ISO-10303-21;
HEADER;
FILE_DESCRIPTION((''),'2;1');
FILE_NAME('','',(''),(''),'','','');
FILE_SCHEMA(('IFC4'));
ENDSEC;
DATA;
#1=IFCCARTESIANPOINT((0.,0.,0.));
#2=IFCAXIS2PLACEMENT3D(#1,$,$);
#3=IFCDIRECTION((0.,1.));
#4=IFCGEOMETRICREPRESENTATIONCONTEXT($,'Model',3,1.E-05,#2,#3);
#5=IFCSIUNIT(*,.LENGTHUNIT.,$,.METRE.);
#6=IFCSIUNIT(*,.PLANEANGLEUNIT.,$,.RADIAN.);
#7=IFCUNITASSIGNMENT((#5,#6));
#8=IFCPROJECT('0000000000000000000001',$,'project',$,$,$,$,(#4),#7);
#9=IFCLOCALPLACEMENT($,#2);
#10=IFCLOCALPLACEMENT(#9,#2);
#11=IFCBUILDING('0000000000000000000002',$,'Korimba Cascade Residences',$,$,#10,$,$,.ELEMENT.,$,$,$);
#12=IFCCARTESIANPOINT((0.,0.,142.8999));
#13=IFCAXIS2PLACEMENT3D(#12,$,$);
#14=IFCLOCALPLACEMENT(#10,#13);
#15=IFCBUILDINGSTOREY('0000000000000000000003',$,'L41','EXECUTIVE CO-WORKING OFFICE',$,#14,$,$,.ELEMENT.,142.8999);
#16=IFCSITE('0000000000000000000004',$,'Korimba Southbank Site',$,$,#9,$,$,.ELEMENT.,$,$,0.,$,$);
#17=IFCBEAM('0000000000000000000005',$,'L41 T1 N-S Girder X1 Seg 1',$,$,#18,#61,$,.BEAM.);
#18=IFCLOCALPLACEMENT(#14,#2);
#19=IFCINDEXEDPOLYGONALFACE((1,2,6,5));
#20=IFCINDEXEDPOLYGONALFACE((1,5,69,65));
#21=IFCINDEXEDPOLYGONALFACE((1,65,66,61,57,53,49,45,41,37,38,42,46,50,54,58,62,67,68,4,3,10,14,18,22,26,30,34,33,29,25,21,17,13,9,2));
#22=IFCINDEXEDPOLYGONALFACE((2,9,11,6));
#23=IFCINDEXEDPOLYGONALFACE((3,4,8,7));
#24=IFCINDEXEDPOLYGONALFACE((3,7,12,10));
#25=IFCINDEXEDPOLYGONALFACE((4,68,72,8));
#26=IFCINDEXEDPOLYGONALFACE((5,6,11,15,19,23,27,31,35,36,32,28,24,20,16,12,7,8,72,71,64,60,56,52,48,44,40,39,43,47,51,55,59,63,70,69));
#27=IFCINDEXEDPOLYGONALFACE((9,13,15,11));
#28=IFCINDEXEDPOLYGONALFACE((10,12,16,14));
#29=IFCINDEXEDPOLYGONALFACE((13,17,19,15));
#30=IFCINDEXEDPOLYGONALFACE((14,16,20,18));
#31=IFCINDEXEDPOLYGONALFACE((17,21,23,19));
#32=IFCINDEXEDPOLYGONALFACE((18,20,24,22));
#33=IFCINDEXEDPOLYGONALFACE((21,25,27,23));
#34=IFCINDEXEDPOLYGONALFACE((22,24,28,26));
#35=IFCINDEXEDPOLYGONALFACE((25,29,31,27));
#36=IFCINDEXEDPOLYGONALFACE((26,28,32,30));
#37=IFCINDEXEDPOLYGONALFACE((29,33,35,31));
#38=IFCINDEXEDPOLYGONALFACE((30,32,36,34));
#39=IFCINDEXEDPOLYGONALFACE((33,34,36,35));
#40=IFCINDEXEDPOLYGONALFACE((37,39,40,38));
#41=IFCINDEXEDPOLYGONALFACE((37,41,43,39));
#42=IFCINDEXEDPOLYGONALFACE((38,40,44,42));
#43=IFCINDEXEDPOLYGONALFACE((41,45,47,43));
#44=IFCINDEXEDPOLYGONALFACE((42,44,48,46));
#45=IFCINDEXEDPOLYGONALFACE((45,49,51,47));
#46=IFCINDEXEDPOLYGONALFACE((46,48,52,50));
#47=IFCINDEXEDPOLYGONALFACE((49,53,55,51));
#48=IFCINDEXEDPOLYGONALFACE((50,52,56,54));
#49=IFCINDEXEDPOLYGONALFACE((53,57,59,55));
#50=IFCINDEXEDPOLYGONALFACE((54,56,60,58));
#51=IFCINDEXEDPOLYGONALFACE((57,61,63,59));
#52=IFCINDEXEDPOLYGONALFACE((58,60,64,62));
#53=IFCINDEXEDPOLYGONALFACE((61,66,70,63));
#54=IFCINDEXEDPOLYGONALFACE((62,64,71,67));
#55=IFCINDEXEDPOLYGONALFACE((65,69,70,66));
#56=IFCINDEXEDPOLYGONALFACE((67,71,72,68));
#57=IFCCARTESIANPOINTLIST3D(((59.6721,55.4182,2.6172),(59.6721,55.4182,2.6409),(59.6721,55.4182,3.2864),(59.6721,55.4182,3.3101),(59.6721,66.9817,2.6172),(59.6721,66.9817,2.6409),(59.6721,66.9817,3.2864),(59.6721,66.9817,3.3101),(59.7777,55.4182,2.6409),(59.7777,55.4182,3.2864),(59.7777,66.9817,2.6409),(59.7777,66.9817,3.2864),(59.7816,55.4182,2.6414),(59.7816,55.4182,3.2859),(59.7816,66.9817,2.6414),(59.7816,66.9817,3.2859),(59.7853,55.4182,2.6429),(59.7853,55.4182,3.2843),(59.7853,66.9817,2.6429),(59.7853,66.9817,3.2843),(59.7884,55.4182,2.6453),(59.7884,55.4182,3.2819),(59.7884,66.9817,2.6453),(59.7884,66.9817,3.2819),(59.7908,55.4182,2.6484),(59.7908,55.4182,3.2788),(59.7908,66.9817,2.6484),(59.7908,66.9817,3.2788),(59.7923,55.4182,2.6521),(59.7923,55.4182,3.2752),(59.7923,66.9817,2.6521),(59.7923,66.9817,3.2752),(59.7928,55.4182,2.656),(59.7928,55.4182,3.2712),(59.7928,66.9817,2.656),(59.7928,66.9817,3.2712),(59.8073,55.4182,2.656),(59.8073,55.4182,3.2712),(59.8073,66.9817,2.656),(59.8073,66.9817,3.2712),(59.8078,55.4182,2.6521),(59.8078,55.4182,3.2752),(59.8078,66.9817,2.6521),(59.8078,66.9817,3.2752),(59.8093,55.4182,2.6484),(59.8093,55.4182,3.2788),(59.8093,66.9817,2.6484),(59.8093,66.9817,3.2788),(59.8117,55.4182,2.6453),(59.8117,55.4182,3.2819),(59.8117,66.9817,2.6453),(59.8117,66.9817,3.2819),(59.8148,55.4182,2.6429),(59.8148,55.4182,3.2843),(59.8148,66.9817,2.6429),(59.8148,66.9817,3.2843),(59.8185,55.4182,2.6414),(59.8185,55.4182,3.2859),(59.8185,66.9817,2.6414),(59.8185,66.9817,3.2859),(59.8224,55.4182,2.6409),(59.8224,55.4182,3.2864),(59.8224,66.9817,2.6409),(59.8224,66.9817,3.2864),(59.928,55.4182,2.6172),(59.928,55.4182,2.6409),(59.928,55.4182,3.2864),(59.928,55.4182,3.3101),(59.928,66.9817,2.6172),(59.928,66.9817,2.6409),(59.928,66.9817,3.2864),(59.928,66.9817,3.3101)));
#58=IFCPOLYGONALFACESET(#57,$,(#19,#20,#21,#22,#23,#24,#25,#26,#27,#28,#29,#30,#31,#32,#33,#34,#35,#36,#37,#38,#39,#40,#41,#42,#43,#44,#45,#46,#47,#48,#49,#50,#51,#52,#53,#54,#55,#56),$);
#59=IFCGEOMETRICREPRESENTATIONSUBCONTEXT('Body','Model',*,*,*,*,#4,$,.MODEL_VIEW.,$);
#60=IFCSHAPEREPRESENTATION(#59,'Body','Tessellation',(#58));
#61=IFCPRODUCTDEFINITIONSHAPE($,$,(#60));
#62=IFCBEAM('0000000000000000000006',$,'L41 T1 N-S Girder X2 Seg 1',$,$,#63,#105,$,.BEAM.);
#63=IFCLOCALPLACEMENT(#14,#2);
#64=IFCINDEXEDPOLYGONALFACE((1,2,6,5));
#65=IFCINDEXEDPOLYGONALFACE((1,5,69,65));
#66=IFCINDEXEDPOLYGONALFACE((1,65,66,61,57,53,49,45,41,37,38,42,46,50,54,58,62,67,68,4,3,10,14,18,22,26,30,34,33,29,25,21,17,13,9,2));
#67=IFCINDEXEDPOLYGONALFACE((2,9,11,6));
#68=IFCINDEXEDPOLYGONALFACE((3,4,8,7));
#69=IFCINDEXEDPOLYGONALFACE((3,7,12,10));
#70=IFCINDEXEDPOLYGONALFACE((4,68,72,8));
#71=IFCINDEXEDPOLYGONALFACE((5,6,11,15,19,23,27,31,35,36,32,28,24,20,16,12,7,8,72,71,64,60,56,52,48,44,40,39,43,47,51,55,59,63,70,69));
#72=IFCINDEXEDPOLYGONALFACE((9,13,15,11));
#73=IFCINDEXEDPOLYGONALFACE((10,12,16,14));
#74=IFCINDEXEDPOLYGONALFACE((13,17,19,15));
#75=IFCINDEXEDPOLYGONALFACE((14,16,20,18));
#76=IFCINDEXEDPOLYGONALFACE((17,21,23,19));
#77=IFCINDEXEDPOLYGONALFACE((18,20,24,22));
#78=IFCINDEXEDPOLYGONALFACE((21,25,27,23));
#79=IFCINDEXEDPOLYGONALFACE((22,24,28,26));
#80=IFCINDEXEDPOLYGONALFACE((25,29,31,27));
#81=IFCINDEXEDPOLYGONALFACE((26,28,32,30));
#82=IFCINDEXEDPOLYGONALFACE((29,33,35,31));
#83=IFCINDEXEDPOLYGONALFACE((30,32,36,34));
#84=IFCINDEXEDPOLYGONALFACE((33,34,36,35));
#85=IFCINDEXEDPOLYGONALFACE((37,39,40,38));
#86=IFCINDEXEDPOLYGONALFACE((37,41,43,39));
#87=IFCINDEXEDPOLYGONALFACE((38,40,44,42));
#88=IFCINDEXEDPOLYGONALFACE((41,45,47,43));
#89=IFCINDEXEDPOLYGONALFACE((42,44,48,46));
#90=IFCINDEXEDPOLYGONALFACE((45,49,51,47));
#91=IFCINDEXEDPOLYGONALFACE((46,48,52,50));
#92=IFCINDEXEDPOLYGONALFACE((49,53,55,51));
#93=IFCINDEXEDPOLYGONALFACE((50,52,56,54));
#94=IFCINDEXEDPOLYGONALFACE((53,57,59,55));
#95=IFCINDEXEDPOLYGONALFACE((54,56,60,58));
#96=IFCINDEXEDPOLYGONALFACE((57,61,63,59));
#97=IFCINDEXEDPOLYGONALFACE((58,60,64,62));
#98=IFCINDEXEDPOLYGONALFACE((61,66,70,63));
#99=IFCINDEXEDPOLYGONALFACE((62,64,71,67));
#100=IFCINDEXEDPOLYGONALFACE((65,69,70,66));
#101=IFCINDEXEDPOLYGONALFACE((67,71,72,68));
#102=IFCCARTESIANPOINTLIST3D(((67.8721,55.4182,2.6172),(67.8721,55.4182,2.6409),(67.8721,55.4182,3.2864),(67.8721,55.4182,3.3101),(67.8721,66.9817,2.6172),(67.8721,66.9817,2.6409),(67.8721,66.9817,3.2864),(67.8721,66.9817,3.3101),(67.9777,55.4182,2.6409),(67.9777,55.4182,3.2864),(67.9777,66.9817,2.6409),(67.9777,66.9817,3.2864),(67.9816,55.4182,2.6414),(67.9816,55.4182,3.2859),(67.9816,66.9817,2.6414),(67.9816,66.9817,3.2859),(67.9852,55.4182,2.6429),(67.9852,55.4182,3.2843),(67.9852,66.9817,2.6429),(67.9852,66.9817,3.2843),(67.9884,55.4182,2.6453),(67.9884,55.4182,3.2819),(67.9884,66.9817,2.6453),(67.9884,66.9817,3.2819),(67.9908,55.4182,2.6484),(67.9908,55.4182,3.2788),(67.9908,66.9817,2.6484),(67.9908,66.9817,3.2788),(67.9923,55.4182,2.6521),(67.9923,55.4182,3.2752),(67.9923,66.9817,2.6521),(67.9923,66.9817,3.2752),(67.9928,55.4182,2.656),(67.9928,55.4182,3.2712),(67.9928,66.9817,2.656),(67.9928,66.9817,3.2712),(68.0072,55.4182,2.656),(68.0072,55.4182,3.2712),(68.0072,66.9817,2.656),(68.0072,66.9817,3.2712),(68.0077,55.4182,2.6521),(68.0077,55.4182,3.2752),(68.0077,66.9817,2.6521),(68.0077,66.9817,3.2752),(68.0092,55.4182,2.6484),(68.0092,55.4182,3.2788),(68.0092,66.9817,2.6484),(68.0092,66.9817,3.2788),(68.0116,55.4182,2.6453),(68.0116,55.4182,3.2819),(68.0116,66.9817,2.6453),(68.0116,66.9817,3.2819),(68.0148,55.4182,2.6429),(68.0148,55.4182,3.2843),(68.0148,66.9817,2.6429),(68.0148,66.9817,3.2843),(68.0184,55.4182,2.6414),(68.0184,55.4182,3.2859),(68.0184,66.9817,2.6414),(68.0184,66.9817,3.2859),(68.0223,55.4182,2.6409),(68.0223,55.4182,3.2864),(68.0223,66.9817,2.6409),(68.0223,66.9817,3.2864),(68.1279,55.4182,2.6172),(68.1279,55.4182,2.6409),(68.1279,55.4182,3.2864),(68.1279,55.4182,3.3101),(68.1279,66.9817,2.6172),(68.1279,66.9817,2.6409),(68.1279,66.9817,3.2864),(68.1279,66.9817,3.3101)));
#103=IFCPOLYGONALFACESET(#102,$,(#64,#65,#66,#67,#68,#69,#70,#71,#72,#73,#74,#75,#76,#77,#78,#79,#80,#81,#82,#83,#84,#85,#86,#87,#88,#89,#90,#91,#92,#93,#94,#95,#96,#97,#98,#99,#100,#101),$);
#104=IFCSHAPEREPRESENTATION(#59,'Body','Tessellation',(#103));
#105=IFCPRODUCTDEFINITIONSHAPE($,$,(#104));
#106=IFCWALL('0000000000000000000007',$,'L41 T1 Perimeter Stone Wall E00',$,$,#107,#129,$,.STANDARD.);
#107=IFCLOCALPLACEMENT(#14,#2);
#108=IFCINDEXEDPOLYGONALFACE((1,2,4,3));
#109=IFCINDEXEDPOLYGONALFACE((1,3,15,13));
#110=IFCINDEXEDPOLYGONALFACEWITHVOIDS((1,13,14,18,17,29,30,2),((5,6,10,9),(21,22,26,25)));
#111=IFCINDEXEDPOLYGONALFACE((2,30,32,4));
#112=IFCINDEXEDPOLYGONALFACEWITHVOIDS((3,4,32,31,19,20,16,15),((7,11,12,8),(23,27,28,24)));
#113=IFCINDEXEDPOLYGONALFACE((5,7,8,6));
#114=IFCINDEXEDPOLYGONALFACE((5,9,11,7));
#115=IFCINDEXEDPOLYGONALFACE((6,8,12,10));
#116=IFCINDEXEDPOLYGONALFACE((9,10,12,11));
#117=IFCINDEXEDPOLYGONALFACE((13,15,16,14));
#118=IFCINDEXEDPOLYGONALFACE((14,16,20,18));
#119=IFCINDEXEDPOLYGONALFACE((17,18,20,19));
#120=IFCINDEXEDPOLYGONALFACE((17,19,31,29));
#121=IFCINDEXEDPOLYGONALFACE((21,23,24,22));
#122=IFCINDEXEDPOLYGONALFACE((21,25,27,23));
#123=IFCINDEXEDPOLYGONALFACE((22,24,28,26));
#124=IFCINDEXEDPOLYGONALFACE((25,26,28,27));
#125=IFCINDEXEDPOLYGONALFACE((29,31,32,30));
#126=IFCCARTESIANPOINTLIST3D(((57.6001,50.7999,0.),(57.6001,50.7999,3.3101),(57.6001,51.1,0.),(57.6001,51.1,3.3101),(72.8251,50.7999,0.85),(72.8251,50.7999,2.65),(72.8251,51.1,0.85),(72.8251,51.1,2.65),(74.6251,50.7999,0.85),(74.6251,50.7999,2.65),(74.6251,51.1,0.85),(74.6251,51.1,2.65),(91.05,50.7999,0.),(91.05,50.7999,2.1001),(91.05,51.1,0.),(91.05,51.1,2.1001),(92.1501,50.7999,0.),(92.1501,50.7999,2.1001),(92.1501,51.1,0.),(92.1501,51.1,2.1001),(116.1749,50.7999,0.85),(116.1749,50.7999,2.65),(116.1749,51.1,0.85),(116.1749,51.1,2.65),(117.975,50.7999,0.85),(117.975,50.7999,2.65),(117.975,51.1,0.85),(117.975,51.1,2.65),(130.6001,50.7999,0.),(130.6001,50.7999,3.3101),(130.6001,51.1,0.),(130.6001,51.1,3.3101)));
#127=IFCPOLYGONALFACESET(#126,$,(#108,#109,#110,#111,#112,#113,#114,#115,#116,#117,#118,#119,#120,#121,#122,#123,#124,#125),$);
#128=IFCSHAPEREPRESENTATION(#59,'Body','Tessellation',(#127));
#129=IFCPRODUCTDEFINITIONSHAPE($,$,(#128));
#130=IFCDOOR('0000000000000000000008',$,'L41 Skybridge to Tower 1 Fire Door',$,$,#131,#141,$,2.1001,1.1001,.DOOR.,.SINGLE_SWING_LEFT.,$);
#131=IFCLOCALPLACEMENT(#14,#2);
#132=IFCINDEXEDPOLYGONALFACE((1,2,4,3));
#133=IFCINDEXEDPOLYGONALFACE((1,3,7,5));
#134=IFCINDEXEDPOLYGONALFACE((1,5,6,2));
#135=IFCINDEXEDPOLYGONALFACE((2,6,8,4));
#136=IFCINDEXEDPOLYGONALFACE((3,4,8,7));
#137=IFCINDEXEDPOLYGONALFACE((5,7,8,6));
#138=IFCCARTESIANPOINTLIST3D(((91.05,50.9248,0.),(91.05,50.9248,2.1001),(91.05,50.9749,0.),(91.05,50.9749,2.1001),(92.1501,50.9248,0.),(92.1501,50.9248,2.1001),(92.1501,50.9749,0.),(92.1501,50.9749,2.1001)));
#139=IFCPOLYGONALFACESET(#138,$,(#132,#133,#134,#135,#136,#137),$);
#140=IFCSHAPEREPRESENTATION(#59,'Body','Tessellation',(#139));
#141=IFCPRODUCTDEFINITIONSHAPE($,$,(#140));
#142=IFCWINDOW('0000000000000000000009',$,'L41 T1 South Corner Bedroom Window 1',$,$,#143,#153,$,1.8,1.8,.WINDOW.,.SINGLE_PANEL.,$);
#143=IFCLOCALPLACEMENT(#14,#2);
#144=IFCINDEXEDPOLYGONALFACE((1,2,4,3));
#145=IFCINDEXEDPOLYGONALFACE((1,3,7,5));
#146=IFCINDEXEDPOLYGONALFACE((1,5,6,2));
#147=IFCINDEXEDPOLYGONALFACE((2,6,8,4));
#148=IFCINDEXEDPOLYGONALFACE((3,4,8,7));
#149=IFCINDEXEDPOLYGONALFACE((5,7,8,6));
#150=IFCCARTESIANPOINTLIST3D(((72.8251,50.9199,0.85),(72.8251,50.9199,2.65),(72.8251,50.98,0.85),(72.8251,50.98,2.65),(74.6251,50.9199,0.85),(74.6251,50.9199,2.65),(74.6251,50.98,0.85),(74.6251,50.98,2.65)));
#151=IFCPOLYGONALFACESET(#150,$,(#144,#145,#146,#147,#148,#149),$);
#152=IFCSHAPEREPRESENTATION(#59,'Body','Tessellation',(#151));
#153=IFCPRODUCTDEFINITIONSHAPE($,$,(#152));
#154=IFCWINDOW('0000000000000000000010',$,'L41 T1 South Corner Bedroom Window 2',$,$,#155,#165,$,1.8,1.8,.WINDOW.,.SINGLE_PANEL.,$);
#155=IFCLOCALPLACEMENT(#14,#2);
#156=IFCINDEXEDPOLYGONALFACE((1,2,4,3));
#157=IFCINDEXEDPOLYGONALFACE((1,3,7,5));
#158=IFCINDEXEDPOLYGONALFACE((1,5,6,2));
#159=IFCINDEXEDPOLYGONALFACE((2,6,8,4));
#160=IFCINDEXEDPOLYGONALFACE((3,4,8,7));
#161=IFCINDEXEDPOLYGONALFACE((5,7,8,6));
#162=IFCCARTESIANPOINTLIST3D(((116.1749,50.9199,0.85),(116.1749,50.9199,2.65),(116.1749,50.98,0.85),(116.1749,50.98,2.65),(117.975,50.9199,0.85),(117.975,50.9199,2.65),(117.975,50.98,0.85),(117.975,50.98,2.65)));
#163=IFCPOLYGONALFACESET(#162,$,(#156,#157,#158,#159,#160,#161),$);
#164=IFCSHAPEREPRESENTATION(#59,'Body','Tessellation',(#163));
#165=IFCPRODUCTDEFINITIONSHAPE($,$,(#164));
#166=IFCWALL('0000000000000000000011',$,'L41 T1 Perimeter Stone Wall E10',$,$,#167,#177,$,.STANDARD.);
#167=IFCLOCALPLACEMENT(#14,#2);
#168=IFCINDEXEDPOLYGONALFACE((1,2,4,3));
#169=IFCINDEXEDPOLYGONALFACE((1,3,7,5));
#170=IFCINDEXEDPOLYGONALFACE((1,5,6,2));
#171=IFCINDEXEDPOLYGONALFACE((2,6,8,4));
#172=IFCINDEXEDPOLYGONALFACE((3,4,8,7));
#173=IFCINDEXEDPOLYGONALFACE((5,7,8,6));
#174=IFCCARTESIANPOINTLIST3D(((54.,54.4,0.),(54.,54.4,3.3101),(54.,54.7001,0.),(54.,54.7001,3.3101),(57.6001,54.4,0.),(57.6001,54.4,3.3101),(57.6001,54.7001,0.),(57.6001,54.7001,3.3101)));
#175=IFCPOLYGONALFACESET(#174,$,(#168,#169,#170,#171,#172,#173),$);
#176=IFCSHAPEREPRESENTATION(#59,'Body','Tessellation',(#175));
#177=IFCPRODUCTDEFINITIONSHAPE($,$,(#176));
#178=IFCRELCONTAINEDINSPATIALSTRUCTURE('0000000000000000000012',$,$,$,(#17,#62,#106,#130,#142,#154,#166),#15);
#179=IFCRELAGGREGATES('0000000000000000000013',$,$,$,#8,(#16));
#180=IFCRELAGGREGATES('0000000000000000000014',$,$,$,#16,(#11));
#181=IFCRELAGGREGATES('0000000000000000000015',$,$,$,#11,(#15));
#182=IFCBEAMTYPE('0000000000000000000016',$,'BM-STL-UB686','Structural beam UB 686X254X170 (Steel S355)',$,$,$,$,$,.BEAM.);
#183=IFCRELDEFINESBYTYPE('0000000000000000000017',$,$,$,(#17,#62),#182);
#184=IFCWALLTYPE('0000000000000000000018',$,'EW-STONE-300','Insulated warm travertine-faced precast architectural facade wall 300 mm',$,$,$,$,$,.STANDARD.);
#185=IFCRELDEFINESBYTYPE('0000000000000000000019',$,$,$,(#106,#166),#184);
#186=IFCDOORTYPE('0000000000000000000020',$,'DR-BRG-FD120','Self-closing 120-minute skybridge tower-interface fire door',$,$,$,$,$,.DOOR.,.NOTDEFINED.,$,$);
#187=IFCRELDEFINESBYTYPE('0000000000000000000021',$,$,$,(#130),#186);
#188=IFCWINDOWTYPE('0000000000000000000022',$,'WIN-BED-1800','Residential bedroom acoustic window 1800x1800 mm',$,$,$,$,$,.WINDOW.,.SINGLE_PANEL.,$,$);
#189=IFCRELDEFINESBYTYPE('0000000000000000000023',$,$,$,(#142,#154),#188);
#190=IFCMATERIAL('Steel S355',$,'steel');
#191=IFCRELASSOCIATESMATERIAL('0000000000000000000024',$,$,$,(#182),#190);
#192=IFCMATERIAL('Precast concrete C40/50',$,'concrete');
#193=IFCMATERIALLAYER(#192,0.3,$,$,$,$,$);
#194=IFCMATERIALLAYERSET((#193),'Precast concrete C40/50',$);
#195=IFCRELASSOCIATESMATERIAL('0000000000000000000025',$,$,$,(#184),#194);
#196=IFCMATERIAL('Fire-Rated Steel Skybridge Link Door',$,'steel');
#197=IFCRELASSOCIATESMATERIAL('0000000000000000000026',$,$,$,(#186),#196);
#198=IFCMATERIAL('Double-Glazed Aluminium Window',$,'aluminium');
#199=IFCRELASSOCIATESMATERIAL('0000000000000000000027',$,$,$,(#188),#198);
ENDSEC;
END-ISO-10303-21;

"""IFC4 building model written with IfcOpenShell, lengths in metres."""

from ifc_helpers import new_model, si_unit, direction, frame, frame_2d, origin, origin_2d, place, context, subcontext, project, spatial, rectangle, i_section, extrude, material, layer, layer_set, material_profile, profile_set, type_object, element, fill, save


model = new_model("IFC4")

# Units and contexts
model_context = context("Model", 3, precision=1e-05, world=origin(), true_north=direction((0.0, 1.0)))
body_context = subcontext(model_context, "Body", "Model", "MODEL_VIEW")
ifc_project = project(units=[si_unit("LENGTHUNIT", "METRE"), si_unit("PLANEANGLEUNIT", "RADIAN")], contexts=[model_context])

# Site, building, storey
site_placement = place(None, origin())
site = spatial("IfcSite", under=ifc_project, at=site_placement, Name="Korimba Southbank Site", CompositionType="ELEMENT", RefElevation=0.0)
building_placement = place(site_placement, origin())
building = spatial("IfcBuilding", under=site, at=building_placement, Name="Korimba Cascade Residences", CompositionType="ELEMENT")
storey_placement = place(building_placement, frame((0.0, 0.0, 142.8999)))
storey = spatial("IfcBuildingStorey", under=building, at=storey_placement, Name="L41", Description="EXECUTIVE CO-WORKING OFFICE", CompositionType="ELEMENT", Elevation=142.8999)

# Beams
ifc_material_1 = material(Name="Steel S355", Category="steel")
ifc_material_profile_1 = material_profile(ifc_material_1, i_section(OverallWidth=0.2559, OverallDepth=0.6929, WebThickness=0.0144, FlangeThickness=0.0237, FilletRadius=0.0151, at=origin_2d()), Name="Steel S355")
ifc_profile_set_1 = profile_set([ifc_material_profile_1], Name="Steel S355")
beam_type_1 = type_object("IfcBeamType", Name="BM-STL-UB686", Description="Structural beam UB 686X254X170 (Steel S355)", PredefinedType="BEAM", material=ifc_profile_set_1)
for number, where, z_axis, x_axis, name in (
    (1, (59.8, 55.4182, 2.9636), (0.0, 1.0, 0.0), (-1.0, 0.0, 0.0), "L41 T1 N-S Girder X1 Seg 1"),
    (2, (68.0, 55.4182, 2.9636), (0.0, 1.0, 0.0), (-1.0, 0.0, 0.0), "L41 T1 N-S Girder X2 Seg 1"),
):
    element("IfcBeam", number, at=place(storey_placement, frame(where, z_axis=z_axis, x_axis=x_axis)), inside=storey, type_object=beam_type_1, Name=name, PredefinedType="BEAM", context=body_context, shape_type="SweptSolid", body=[
        extrude(i_section(OverallWidth=0.2559, OverallDepth=0.6929, WebThickness=0.0144, FlangeThickness=0.0237, FilletRadius=0.0151, at=origin_2d()), origin(), (0.0, 0.0, 1.0), 11.5635),
    ])

# Wall, openings, door, windows
ifc_material_2 = material(Name="Precast concrete C40/50", Category="concrete")
ifc_layer_1 = layer(ifc_material_2, 0.3)
ifc_layer_set_1 = layer_set([ifc_layer_1], Name="Precast concrete C40/50")
wall_type_1 = type_object("IfcWallType", Name="EW-STONE-300", Description="Insulated warm travertine-faced precast architectural facade wall 300 mm", PredefinedType="STANDARD", material=ifc_layer_set_1)
wall_1_placement = place(storey_placement, frame((57.6001, 50.95, 0.0), z_axis=(0.0, 0.0, 1.0), x_axis=(1.0, 0.0, 0.0)))
wall_1 = element("IfcWall", 3, at=wall_1_placement, inside=storey, type_object=wall_type_1, Name="L41 T1 Perimeter Stone Wall E00", PredefinedType="STANDARD", context=body_context, shape_type="SweptSolid", body=[
    extrude(rectangle(XDim=73.0, YDim=0.3, at=frame_2d((36.5, 0.0))), origin(), (0.0, 0.0, 1.0), 3.3101),
])
opening_1_placement = place(wall_1_placement, frame((15.2251, 0.0, 0.8501)))
opening_1 = element("IfcOpeningElement", 4, at=opening_1_placement, cuts=wall_1, PredefinedType="OPENING", context=body_context, shape_type="SweptSolid", body=[
    extrude(rectangle(XDim=1.8, YDim=1.8, at=frame_2d((0.8999, 0.8999))), frame((0.0, 0.1602, 0.0), z_axis=(0.0, -1.0, 0.0), x_axis=(1.0, 0.0, 0.0)), (0.0, 0.0, 1.0), 0.3201),
])
opening_2_placement = place(wall_1_placement, frame((58.575, 0.0, 0.8501)))
opening_2 = element("IfcOpeningElement", 5, at=opening_2_placement, cuts=wall_1, PredefinedType="OPENING", context=body_context, shape_type="SweptSolid", body=[
    extrude(rectangle(XDim=1.8, YDim=1.8, at=frame_2d((0.8999, 0.8999))), frame((0.0, 0.1602, 0.0), z_axis=(0.0, -1.0, 0.0), x_axis=(1.0, 0.0, 0.0)), (0.0, 0.0, 1.0), 0.3201),
])
opening_3_placement = place(wall_1_placement, frame((33.45, 0.0, 0.0)))
opening_3 = element("IfcOpeningElement", 6, at=opening_3_placement, cuts=wall_1, PredefinedType="OPENING", context=body_context, shape_type="SweptSolid", body=[
    extrude(rectangle(XDim=1.1001, YDim=2.1001, at=frame_2d((0.55, 1.05))), frame((0.0, 0.1602, 0.0), z_axis=(0.0, -1.0, 0.0), x_axis=(1.0, 0.0, 0.0)), (0.0, 0.0, 1.0), 0.3201),
])
ifc_material_3 = material(Name="Fire-Rated Steel Skybridge Link Door", Category="steel")
door_type_1 = type_object("IfcDoorType", Name="DR-BRG-FD120", Description="Self-closing 120-minute skybridge tower-interface fire door", OperationType="NOTDEFINED", PredefinedType="DOOR", material=ifc_material_3)
door_1_placement = place(opening_3_placement, origin())
door_1 = element("IfcDoor", 7, at=door_1_placement, inside=storey, type_object=door_type_1, Name="L41 Skybridge to Tower 1 Fire Door", OperationType="SINGLE_SWING_LEFT", OverallHeight=2.1001, OverallWidth=1.1001, PredefinedType="DOOR", context=body_context, shape_type="SweptSolid", body=[
    extrude(rectangle(XDim=1.1001, YDim=2.1001, at=frame_2d((0.55, 1.05))), frame((0.0, 0.0249, 0.0), z_axis=(0.0, -1.0, 0.0), x_axis=(1.0, 0.0, 0.0)), (0.0, 0.0, 1.0), 0.05),
])
fill(opening_3, door_1)
ifc_material_4 = material(Name="Double-Glazed Aluminium Window", Category="aluminium")
window_type = type_object("IfcWindowType", Name="WIN-BED-1800", Description="Residential bedroom acoustic window 1800x1800 mm", PartitioningType="SINGLE_PANEL", PredefinedType="WINDOW", material=ifc_material_4)
window_1_placement = place(opening_1_placement, origin())
window_1 = element("IfcWindow", 8, at=window_1_placement, inside=storey, type_object=window_type, Name="L41 T1 South Corner Bedroom Window 1", OverallHeight=1.8, OverallWidth=1.8, PartitioningType="SINGLE_PANEL", PredefinedType="WINDOW", context=body_context, shape_type="SweptSolid", body=[
    extrude(rectangle(XDim=1.8, YDim=1.8, at=frame_2d((0.8999, 0.8999))), frame((0.0, 0.03, 0.0), z_axis=(0.0, -1.0, 0.0), x_axis=(1.0, 0.0, 0.0)), (0.0, 0.0, 1.0), 0.0601),
])
fill(opening_1, window_1)
window_2_placement = place(opening_2_placement, origin())
window_2 = element("IfcWindow", 9, at=window_2_placement, inside=storey, type_object=window_type, Name="L41 T1 South Corner Bedroom Window 2", OverallHeight=1.8, OverallWidth=1.8, PartitioningType="SINGLE_PANEL", PredefinedType="WINDOW", context=body_context, shape_type="SweptSolid", body=[
    extrude(rectangle(XDim=1.8, YDim=1.8, at=frame_2d((0.8999, 0.8999))), frame((0.0, 0.03, 0.0), z_axis=(0.0, -1.0, 0.0), x_axis=(1.0, 0.0, 0.0)), (0.0, 0.0, 1.0), 0.0601),
])
fill(opening_2, window_2)

# Wall
wall_2_placement = place(storey_placement, frame((54.0, 54.55, 0.0), z_axis=(0.0, 0.0, 1.0), x_axis=(1.0, 0.0, 0.0)))
element("IfcWall", 10, at=wall_2_placement, inside=storey, type_object=wall_type_1, Name="L41 T1 Perimeter Stone Wall E10", PredefinedType="STANDARD", context=body_context, shape_type="SweptSolid", body=[
    extrude(rectangle(XDim=3.6001, YDim=0.3, at=frame_2d((1.8, 0.0))), origin(), (0.0, 0.0, 1.0), 3.3101),
])

save(model, "model.ifc")
